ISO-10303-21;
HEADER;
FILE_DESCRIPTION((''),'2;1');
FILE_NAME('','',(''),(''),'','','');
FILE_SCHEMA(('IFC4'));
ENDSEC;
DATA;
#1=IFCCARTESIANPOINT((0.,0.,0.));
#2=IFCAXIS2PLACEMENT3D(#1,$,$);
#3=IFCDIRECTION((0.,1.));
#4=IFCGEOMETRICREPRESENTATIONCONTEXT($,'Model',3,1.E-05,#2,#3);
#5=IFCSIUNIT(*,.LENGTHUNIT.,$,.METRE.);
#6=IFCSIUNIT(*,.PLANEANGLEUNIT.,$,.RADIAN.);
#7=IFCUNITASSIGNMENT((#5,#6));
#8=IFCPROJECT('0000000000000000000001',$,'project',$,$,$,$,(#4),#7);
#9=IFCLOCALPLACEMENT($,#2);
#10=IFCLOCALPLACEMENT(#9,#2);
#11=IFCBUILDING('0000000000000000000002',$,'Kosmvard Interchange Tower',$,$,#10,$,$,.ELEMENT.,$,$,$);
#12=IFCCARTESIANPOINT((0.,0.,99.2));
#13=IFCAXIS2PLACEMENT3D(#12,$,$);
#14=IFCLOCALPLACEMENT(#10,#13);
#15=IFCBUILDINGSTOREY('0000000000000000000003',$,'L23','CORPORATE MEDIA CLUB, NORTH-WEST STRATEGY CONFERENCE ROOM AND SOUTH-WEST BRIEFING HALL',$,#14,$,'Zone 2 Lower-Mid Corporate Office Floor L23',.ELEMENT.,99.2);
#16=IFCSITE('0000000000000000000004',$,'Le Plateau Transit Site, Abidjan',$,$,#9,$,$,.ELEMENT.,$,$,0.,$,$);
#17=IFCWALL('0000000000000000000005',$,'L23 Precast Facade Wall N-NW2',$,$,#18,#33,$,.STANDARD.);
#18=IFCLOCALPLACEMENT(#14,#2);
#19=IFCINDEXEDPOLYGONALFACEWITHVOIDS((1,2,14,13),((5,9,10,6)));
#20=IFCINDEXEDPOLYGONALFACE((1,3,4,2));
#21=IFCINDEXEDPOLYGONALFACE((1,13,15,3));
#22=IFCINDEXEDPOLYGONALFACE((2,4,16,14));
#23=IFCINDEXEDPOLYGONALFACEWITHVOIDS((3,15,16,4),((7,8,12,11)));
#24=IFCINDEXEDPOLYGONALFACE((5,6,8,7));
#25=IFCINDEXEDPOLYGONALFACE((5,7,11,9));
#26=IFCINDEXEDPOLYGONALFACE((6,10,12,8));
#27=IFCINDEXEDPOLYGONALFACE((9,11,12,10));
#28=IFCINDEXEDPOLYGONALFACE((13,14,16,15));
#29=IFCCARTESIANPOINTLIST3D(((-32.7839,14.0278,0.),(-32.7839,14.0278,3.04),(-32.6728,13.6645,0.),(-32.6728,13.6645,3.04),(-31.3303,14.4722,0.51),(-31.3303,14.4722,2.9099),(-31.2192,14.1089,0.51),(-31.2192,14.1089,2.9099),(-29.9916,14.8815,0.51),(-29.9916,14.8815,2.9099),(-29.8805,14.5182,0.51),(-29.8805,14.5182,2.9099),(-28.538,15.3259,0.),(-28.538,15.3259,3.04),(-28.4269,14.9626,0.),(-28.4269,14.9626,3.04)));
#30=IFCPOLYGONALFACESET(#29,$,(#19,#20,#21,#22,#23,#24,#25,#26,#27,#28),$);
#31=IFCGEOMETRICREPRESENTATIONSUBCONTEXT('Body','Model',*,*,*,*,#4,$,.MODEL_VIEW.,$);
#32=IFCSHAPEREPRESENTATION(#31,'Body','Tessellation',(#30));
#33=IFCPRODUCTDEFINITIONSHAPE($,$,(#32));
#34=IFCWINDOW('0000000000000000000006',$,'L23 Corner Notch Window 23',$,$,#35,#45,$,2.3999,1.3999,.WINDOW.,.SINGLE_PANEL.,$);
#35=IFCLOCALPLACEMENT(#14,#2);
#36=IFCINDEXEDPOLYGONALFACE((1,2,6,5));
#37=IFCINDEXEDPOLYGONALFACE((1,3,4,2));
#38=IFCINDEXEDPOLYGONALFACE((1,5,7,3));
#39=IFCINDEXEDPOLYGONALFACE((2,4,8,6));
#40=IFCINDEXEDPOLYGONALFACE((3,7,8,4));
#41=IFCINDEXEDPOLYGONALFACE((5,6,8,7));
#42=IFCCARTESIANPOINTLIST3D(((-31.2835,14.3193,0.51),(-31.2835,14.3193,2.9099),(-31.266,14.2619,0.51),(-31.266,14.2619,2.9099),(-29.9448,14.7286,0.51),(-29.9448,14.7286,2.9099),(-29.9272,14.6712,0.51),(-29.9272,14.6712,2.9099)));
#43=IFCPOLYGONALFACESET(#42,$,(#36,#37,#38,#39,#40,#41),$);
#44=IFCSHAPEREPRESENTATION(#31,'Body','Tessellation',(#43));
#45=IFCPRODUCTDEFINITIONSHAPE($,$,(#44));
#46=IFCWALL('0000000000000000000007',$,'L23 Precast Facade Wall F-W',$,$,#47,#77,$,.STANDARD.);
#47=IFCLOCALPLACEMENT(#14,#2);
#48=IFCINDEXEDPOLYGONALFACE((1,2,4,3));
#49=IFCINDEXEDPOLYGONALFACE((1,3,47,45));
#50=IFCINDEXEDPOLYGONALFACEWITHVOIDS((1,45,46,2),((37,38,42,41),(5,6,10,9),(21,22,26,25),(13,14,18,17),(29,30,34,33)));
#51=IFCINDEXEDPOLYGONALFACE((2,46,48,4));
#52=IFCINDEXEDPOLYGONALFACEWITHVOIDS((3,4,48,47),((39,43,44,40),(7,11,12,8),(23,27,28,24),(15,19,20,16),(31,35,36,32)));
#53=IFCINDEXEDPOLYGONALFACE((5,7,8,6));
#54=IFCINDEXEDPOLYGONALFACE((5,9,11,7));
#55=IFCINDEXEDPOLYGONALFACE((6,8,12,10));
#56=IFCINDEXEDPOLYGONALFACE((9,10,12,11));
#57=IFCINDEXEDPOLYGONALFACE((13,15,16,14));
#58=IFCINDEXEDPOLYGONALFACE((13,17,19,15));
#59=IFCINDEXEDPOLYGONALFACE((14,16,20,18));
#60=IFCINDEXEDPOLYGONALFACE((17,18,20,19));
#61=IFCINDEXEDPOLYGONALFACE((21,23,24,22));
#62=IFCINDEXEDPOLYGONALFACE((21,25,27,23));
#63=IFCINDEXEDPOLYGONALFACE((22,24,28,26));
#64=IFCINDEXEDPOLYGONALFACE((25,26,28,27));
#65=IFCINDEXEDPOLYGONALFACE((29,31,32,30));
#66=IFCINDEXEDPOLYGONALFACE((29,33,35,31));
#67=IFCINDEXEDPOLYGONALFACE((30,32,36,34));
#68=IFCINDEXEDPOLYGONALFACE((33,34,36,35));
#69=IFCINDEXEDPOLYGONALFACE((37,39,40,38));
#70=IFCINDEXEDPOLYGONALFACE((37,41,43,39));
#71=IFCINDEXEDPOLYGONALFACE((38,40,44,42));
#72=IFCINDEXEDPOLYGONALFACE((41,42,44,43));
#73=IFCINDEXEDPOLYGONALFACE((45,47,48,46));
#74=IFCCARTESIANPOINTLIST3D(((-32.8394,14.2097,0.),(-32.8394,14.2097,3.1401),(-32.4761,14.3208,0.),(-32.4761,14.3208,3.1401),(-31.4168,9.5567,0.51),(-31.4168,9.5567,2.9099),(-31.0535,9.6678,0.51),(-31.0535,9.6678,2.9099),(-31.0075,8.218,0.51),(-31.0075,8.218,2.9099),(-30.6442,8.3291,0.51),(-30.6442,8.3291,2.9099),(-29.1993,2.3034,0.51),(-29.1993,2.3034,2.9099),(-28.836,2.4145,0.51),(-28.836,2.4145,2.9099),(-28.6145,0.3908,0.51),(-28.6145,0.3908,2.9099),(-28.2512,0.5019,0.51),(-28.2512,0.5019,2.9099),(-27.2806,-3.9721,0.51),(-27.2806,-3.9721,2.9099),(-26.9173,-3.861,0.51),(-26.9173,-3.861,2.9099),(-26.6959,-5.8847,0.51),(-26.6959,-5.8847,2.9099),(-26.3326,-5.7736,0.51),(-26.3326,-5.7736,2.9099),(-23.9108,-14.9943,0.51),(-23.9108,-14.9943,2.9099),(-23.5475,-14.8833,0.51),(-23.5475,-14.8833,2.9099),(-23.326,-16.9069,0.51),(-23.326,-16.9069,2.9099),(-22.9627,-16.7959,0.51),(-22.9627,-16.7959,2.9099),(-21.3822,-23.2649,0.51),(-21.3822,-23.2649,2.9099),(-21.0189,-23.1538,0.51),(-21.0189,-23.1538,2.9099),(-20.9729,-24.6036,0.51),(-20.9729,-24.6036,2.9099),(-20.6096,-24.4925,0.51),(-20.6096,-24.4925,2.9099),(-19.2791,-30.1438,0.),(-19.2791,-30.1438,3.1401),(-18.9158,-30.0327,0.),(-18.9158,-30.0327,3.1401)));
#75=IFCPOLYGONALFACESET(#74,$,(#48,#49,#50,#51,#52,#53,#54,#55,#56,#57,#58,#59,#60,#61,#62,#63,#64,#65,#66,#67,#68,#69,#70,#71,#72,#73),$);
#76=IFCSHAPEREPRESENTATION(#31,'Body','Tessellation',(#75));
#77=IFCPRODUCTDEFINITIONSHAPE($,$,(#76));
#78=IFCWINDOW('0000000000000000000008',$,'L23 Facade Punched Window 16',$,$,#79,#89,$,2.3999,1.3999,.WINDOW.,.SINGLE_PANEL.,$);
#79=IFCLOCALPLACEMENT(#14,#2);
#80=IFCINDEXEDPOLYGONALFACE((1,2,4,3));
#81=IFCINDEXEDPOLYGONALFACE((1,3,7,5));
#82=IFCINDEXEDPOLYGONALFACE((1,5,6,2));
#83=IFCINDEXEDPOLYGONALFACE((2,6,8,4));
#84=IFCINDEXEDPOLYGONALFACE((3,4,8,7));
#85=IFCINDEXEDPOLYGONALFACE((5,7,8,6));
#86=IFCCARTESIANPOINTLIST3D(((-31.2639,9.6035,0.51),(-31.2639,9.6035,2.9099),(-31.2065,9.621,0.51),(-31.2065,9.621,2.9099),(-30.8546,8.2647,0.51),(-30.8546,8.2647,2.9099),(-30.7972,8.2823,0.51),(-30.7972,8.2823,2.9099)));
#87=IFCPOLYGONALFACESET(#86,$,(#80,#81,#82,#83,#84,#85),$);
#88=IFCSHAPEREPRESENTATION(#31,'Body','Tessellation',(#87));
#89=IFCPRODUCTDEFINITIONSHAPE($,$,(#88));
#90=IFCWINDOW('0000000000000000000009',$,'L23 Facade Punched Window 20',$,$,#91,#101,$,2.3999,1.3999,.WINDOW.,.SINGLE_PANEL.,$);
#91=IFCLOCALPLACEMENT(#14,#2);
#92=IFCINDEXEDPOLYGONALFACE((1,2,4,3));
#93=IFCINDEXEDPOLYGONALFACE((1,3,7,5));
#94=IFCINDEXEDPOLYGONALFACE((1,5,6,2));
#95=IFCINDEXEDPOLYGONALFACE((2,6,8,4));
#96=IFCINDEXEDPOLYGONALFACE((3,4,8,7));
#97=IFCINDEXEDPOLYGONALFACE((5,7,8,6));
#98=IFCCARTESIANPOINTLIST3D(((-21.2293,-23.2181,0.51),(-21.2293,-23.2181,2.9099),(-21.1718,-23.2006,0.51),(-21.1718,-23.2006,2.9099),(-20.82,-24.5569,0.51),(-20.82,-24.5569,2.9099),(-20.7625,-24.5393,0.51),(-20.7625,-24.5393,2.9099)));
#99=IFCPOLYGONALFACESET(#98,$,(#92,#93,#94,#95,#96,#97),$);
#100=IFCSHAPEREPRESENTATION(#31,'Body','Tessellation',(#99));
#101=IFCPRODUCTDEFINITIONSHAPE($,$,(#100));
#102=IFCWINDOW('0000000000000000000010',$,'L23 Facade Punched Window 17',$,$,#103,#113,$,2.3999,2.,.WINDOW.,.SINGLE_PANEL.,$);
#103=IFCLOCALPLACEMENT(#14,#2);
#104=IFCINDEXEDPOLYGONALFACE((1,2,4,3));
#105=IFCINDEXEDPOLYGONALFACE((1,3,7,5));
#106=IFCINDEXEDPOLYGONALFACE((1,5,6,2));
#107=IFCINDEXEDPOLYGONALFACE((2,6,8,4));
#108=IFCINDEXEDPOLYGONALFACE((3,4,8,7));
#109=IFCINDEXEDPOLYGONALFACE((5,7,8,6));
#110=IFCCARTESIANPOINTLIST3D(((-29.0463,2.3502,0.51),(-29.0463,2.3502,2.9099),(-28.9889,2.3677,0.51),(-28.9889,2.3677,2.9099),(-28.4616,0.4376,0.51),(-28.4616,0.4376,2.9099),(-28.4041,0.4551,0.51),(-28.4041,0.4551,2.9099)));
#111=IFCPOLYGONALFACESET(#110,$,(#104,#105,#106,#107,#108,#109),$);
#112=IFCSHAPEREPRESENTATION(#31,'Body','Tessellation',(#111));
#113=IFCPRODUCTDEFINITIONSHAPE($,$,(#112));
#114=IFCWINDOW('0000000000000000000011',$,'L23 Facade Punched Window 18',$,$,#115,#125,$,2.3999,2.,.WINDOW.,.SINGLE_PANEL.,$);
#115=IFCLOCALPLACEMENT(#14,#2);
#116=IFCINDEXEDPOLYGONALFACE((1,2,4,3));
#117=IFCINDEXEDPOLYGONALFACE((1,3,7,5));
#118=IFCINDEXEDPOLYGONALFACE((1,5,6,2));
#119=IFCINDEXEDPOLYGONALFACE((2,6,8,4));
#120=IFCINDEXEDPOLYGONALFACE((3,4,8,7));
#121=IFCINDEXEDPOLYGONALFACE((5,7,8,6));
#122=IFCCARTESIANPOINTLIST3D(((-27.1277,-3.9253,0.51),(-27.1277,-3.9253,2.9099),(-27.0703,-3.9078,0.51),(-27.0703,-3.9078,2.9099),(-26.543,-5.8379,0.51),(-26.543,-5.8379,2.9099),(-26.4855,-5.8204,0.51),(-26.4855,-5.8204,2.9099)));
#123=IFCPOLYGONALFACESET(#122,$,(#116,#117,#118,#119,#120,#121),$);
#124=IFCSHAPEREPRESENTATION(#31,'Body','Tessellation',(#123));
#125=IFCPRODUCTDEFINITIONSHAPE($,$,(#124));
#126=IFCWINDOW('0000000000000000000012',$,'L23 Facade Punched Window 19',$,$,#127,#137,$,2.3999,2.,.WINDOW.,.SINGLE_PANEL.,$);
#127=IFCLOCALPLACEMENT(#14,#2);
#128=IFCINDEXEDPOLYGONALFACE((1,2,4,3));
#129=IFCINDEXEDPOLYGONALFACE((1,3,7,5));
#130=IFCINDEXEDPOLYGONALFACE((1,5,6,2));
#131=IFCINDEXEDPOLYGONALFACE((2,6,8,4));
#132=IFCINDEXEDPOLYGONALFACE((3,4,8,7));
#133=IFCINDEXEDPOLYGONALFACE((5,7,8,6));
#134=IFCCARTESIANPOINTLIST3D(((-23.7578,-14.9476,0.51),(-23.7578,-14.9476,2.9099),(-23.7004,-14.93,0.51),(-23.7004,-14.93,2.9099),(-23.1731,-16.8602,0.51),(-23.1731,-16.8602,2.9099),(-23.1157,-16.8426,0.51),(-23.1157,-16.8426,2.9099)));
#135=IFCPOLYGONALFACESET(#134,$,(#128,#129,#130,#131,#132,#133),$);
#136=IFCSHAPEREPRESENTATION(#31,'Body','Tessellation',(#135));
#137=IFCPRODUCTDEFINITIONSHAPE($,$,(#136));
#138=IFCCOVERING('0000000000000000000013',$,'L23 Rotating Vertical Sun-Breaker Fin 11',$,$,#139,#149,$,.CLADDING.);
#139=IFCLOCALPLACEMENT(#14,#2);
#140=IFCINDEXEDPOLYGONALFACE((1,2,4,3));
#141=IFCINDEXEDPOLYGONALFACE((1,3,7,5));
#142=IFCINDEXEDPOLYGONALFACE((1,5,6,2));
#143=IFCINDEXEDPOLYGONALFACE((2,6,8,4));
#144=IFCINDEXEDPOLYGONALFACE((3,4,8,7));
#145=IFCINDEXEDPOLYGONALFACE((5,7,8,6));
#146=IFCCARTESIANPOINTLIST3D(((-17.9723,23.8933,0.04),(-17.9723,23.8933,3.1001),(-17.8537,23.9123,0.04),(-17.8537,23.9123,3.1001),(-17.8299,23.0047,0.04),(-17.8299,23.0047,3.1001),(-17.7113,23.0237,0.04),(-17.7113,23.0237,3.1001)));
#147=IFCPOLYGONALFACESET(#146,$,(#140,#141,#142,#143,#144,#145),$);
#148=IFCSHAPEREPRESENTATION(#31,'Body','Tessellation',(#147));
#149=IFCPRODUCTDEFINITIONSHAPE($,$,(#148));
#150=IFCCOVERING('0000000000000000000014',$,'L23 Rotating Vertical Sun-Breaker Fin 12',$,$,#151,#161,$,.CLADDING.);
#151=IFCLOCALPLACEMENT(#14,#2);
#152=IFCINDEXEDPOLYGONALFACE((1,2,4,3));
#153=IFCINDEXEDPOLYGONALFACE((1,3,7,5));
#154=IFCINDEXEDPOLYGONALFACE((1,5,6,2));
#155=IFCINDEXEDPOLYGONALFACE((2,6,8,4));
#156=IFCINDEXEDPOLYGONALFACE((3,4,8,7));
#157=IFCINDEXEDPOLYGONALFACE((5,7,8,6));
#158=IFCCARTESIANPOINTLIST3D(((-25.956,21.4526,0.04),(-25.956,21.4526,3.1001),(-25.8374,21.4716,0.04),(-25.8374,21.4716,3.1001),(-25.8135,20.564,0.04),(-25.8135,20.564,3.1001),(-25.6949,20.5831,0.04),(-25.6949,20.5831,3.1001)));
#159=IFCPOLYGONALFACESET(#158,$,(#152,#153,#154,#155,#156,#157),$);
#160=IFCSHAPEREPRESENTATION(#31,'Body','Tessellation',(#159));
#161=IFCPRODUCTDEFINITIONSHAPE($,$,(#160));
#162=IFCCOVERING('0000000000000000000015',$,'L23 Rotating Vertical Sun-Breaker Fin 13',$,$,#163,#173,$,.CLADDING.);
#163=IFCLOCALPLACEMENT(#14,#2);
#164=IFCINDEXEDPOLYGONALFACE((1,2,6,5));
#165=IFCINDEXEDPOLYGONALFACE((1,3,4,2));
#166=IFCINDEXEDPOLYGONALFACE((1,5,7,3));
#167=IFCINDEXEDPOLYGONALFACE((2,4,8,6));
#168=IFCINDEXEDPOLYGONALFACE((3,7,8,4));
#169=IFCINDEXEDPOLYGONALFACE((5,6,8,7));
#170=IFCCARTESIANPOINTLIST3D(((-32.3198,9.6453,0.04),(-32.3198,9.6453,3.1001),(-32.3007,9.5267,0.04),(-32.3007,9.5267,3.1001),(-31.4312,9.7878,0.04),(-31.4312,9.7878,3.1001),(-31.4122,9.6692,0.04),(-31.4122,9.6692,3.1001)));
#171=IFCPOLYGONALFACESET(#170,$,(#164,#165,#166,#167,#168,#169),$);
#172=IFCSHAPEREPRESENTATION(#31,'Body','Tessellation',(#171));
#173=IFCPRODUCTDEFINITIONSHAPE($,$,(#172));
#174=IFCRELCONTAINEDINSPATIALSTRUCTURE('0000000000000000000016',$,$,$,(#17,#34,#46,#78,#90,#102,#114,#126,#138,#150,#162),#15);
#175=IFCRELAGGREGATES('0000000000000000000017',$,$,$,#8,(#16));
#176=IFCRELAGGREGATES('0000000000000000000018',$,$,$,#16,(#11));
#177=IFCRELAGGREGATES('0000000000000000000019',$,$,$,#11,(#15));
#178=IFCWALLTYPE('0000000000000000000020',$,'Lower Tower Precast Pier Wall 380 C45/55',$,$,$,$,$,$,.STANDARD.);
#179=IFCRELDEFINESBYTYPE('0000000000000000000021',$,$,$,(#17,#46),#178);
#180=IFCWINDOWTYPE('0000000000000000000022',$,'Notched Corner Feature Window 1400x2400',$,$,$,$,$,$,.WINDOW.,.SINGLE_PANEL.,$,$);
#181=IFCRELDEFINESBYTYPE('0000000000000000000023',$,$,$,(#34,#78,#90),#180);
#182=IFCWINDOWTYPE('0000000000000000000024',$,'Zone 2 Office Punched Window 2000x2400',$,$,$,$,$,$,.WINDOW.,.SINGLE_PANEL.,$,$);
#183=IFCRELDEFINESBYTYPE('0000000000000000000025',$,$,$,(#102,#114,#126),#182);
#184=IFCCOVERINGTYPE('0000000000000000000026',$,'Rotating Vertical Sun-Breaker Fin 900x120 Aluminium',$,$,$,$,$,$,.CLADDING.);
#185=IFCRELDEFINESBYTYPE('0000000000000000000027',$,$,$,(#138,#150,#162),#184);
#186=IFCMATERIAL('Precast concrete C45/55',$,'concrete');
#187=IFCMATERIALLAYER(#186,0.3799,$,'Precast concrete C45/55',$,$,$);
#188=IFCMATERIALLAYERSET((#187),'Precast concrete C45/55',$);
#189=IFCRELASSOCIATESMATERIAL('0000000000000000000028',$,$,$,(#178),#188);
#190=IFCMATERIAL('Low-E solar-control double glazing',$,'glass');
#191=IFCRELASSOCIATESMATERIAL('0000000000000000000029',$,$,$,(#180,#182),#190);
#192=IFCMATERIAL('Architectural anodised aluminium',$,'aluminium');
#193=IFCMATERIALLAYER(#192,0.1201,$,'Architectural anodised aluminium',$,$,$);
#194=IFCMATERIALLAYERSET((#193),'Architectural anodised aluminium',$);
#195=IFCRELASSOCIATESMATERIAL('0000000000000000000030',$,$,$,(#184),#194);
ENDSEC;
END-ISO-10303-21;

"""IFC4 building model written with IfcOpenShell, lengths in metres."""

from ifc_helpers import new_model, si_unit, direction, frame, frame_2d, origin, origin_2d, place, context, subcontext, project, spatial, rectangle, extrude, source, transform, mapped, material, layer, layer_set, type_object, element, fill, save


model = new_model("IFC4")

# Units and contexts
model_context = context("Model", 3, precision=1e-05, world=origin(), true_north=direction((0.0, 1.0)))
body_context = subcontext(model_context, "Body", "Model", "MODEL_VIEW")
ifc_project = project(units=[si_unit("LENGTHUNIT", "METRE"), si_unit("PLANEANGLEUNIT", "RADIAN")], contexts=[model_context])

# Site, building, storey
site_placement = place(None, origin())
site = spatial("IfcSite", under=ifc_project, at=site_placement, Name="Le Plateau Transit Site, Abidjan", CompositionType="ELEMENT", RefElevation=0.0)
building_placement = place(site_placement, origin())
building = spatial("IfcBuilding", under=site, at=building_placement, Name="Kosmvard Interchange Tower", CompositionType="ELEMENT")
storey_placement = place(building_placement, frame((0.0, 0.0, 99.2)))
storey = spatial("IfcBuildingStorey", under=building, at=storey_placement, Name="L23", Description="CORPORATE MEDIA CLUB, NORTH-WEST STRATEGY CONFERENCE ROOM AND SOUTH-WEST BRIEFING HALL", LongName="Zone 2 Lower-Mid Corporate Office Floor L23", CompositionType="ELEMENT", Elevation=99.2)

# Shared definitions
ifc_material_1 = material(Name="Precast concrete C45/55", Category="concrete")

# Shared definitions
ifc_layer_1 = layer(ifc_material_1, 0.3799, Name="Precast concrete C45/55")
ifc_layer_set_1 = layer_set([ifc_layer_1], Name="Precast concrete C45/55")
wall_type = type_object("IfcWallType", Name="Lower Tower Precast Pier Wall 380 C45/55", PredefinedType="STANDARD", material=ifc_layer_set_1)

# Wall, opening, window
wall_1_placement = place(storey_placement, frame((-28.4824, 15.1443, 0.0), z_axis=(0.0, 0.0, 1.0), x_axis=(-0.956304, -0.292374, 0.0)))
wall_1 = element("IfcWall", 1, at=wall_1_placement, inside=storey, type_object=wall_type, Name="L23 Precast Facade Wall N-NW2", PredefinedType="STANDARD", context=body_context, shape_type="SweptSolid", body=[
    extrude(rectangle(XDim=4.4399, YDim=0.3799, at=frame_2d((2.22, 0.0))), origin(), (0.0, 0.0, 1.0), 3.04),
])
opening_1_placement = place(wall_1_placement, frame((1.52, 0.0, 0.51)))
opening_1 = element("IfcOpeningElement", 2, at=opening_1_placement, cuts=wall_1, PredefinedType="OPENING", context=body_context, shape_type="SweptSolid", body=[
    extrude(rectangle(XDim=1.3999, YDim=2.3999, at=frame_2d((0.7, 1.2))), frame((0.0, 0.2, 0.0), z_axis=(0.0, -1.0, 0.0), x_axis=(1.0, 0.0, 0.0)), (0.0, 0.0, 1.0), 0.3999),
])
ifc_material_2 = material(Name="Low-E solar-control double glazing", Category="glass")
window_type_1 = type_object("IfcWindowType", Name="Notched Corner Feature Window 1400x2400", PartitioningType="SINGLE_PANEL", PredefinedType="WINDOW", material=ifc_material_2)
shared_shape_1 = source(origin(), body_context, "Body", "SweptSolid", [
    extrude(rectangle(XDim=1.3999, YDim=2.3999, at=frame_2d((0.7, 1.2))), frame((0.0, 0.03, 0.0), z_axis=(0.0, -1.0, 0.0), x_axis=(1.0, 0.0, 0.0)), (0.0, 0.0, 1.0), 0.0601),
])
window_1_placement = place(opening_1_placement, origin())
window_1 = element("IfcWindow", 3, at=window_1_placement, inside=storey, type_object=window_type_1, Name="L23 Corner Notch Window 23", OverallHeight=2.3999, OverallWidth=1.3999, PartitioningType="SINGLE_PANEL", PredefinedType="WINDOW", context=body_context, shape_type="MappedRepresentation", body=[
    mapped(shared_shape_1, transform((0.0, 0.0, 0.0), scale=1.0)),
])
fill(opening_1, window_1)

# Wall, openings, windows
wall_2_placement = place(storey_placement, frame((-32.6577, 14.2651, 0.0), z_axis=(0.0, 0.0, 1.0), x_axis=(0.292373, -0.956304, 0.0)))
wall_2 = element("IfcWall", 4, at=wall_2_placement, inside=storey, type_object=wall_type, Name="L23 Precast Facade Wall F-W", PredefinedType="STANDARD", context=body_context, shape_type="SweptSolid", body=[
    extrude(rectangle(XDim=46.3801, YDim=0.3799, at=frame_2d((23.1899, 0.0))), origin(), (0.0, 0.0, 1.0), 3.1401),
])
opening_2_placement = place(wall_2_placement, frame((4.8655, 0.0, 0.51)))
opening_2 = element("IfcOpeningElement", 5, at=opening_2_placement, cuts=wall_2, PredefinedType="OPENING", context=body_context, shape_type="SweptSolid", body=[
    extrude(rectangle(XDim=1.3999, YDim=2.3999, at=frame_2d((0.7, 1.2))), frame((0.0, 0.2, 0.0), z_axis=(0.0, -1.0, 0.0), x_axis=(1.0, 0.0, 0.0)), (0.0, 0.0, 1.0), 0.3999),
])
opening_3_placement = place(wall_2_placement, frame((12.4502, 0.0, 0.51)))
opening_3 = element("IfcOpeningElement", 6, at=opening_3_placement, cuts=wall_2, PredefinedType="OPENING", context=body_context, shape_type="SweptSolid", body=[
    extrude(rectangle(XDim=2.0, YDim=2.3999, at=frame_2d((1.0, 1.2))), frame((0.0, 0.2, 0.0), z_axis=(0.0, -1.0, 0.0), x_axis=(1.0, 0.0, 0.0)), (0.0, 0.0, 1.0), 0.3999),
])
opening_4_placement = place(wall_2_placement, frame((19.0125, 0.0, 0.51)))
opening_4 = element("IfcOpeningElement", 7, at=opening_4_placement, cuts=wall_2, PredefinedType="OPENING", context=body_context, shape_type="SweptSolid", body=[
    extrude(rectangle(XDim=2.0, YDim=2.3999, at=frame_2d((1.0, 1.2))), frame((0.0, 0.2, 0.0), z_axis=(0.0, -1.0, 0.0), x_axis=(1.0, 0.0, 0.0)), (0.0, 0.0, 1.0), 0.3999),
])
opening_5_placement = place(wall_2_placement, frame((30.5383, 0.0, 0.51)))
opening_5 = element("IfcOpeningElement", 8, at=opening_5_placement, cuts=wall_2, PredefinedType="OPENING", context=body_context, shape_type="SweptSolid", body=[
    extrude(rectangle(XDim=2.0, YDim=2.3999, at=frame_2d((1.0, 1.2))), frame((0.0, 0.2, 0.0), z_axis=(0.0, -1.0, 0.0), x_axis=(1.0, 0.0, 0.0)), (0.0, 0.0, 1.0), 0.3999),
])
opening_6_placement = place(wall_2_placement, frame((39.1868, 0.0, 0.51)))
opening_6 = element("IfcOpeningElement", 9, at=opening_6_placement, cuts=wall_2, PredefinedType="OPENING", context=body_context, shape_type="SweptSolid", body=[
    extrude(rectangle(XDim=1.3999, YDim=2.3999, at=frame_2d((0.7, 1.2))), frame((0.0, 0.2, 0.0), z_axis=(0.0, -1.0, 0.0), x_axis=(1.0, 0.0, 0.0)), (0.0, 0.0, 1.0), 0.3999),
])
window_2_placement = place(opening_2_placement, origin())
window_2 = element("IfcWindow", 10, at=window_2_placement, inside=storey, type_object=window_type_1, Name="L23 Facade Punched Window 16", OverallHeight=2.3999, OverallWidth=1.3999, PartitioningType="SINGLE_PANEL", PredefinedType="WINDOW", context=body_context, shape_type="MappedRepresentation", body=[
    mapped(shared_shape_1, transform((0.0, 0.0, 0.0), scale=1.0)),
])
fill(opening_2, window_2)
window_3_placement = place(opening_6_placement, origin())
window_3 = element("IfcWindow", 11, at=window_3_placement, inside=storey, type_object=window_type_1, Name="L23 Facade Punched Window 20", OverallHeight=2.3999, OverallWidth=1.3999, PartitioningType="SINGLE_PANEL", PredefinedType="WINDOW", context=body_context, shape_type="MappedRepresentation", body=[
    mapped(shared_shape_1, transform((0.0, 0.0, 0.0), scale=1.0)),
])
fill(opening_6, window_3)
window_type_2 = type_object("IfcWindowType", Name="Zone 2 Office Punched Window 2000x2400", PartitioningType="SINGLE_PANEL", PredefinedType="WINDOW", material=ifc_material_2)
shared_shape_2 = source(origin(), body_context, "Body", "SweptSolid", [
    extrude(rectangle(XDim=2.0, YDim=2.3999, at=frame_2d((1.0, 1.2))), frame((0.0, 0.03, 0.0), z_axis=(0.0, -1.0, 0.0), x_axis=(1.0, 0.0, 0.0)), (0.0, 0.0, 1.0), 0.0601),
])
window_4_placement = place(opening_3_placement, origin())
window_4 = element("IfcWindow", 12, at=window_4_placement, inside=storey, type_object=window_type_2, Name="L23 Facade Punched Window 17", OverallHeight=2.3999, OverallWidth=2.0, PartitioningType="SINGLE_PANEL", PredefinedType="WINDOW", context=body_context, shape_type="MappedRepresentation", body=[
    mapped(shared_shape_2, transform((0.0, 0.0, 0.0), scale=1.0)),
])
fill(opening_3, window_4)
window_5_placement = place(opening_4_placement, origin())
window_5 = element("IfcWindow", 13, at=window_5_placement, inside=storey, type_object=window_type_2, Name="L23 Facade Punched Window 18", OverallHeight=2.3999, OverallWidth=2.0, PartitioningType="SINGLE_PANEL", PredefinedType="WINDOW", context=body_context, shape_type="MappedRepresentation", body=[
    mapped(shared_shape_2, transform((0.0, 0.0, 0.0), scale=1.0)),
])
fill(opening_4, window_5)
window_6_placement = place(opening_5_placement, origin())
window_6 = element("IfcWindow", 14, at=window_6_placement, inside=storey, type_object=window_type_2, Name="L23 Facade Punched Window 19", OverallHeight=2.3999, OverallWidth=2.0, PartitioningType="SINGLE_PANEL", PredefinedType="WINDOW", context=body_context, shape_type="MappedRepresentation", body=[
    mapped(shared_shape_2, transform((0.0, 0.0, 0.0), scale=1.0)),
])
fill(opening_5, window_6)

# Coverings
ifc_material_3 = material(Name="Architectural anodised aluminium", Category="aluminium")
ifc_layer_2 = layer(ifc_material_3, 0.1201, Name="Architectural anodised aluminium")
ifc_layer_set_2 = layer_set([ifc_layer_2], Name="Architectural anodised aluminium")
covering_type = type_object("IfcCoveringType", Name="Rotating Vertical Sun-Breaker Fin 900x120 Aluminium", PredefinedType="CLADDING", material=ifc_layer_set_2)
shared_shape_3 = source(origin(), body_context, "Body", "SweptSolid", [
    extrude(rectangle(XDim=0.8999, YDim=0.1201, at=origin_2d()), origin(), (0.0, 0.0, 1.0), 3.0601),
])
for number, where, z_axis, x_axis, name in (
    (15, (-17.8418, 23.4585, 0.04), (0.0, 0.0, 1.0), (-0.15833, 0.987386, 0.0), "L23 Rotating Vertical Sun-Breaker Fin 11"),
    (16, (-25.8254, 21.0178, 0.04), (0.0, 0.0, 1.0), (-0.15833, 0.987386, 0.0), "L23 Rotating Vertical Sun-Breaker Fin 12"),
    (17, (-31.866, 9.6572, 0.04), (0.0, 0.0, 1.0), (-0.987386, -0.15833, 0.0), "L23 Rotating Vertical Sun-Breaker Fin 13"),
):
    element("IfcCovering", number, at=place(storey_placement, frame(where, z_axis=z_axis, x_axis=x_axis)), inside=storey, type_object=covering_type, Name=name, PredefinedType="CLADDING", context=body_context, shape_type="MappedRepresentation", body=[
        mapped(shared_shape_3, transform((0.0, 0.0, 0.0), scale=1.0)),
    ])

save(model, "model.ifc")
